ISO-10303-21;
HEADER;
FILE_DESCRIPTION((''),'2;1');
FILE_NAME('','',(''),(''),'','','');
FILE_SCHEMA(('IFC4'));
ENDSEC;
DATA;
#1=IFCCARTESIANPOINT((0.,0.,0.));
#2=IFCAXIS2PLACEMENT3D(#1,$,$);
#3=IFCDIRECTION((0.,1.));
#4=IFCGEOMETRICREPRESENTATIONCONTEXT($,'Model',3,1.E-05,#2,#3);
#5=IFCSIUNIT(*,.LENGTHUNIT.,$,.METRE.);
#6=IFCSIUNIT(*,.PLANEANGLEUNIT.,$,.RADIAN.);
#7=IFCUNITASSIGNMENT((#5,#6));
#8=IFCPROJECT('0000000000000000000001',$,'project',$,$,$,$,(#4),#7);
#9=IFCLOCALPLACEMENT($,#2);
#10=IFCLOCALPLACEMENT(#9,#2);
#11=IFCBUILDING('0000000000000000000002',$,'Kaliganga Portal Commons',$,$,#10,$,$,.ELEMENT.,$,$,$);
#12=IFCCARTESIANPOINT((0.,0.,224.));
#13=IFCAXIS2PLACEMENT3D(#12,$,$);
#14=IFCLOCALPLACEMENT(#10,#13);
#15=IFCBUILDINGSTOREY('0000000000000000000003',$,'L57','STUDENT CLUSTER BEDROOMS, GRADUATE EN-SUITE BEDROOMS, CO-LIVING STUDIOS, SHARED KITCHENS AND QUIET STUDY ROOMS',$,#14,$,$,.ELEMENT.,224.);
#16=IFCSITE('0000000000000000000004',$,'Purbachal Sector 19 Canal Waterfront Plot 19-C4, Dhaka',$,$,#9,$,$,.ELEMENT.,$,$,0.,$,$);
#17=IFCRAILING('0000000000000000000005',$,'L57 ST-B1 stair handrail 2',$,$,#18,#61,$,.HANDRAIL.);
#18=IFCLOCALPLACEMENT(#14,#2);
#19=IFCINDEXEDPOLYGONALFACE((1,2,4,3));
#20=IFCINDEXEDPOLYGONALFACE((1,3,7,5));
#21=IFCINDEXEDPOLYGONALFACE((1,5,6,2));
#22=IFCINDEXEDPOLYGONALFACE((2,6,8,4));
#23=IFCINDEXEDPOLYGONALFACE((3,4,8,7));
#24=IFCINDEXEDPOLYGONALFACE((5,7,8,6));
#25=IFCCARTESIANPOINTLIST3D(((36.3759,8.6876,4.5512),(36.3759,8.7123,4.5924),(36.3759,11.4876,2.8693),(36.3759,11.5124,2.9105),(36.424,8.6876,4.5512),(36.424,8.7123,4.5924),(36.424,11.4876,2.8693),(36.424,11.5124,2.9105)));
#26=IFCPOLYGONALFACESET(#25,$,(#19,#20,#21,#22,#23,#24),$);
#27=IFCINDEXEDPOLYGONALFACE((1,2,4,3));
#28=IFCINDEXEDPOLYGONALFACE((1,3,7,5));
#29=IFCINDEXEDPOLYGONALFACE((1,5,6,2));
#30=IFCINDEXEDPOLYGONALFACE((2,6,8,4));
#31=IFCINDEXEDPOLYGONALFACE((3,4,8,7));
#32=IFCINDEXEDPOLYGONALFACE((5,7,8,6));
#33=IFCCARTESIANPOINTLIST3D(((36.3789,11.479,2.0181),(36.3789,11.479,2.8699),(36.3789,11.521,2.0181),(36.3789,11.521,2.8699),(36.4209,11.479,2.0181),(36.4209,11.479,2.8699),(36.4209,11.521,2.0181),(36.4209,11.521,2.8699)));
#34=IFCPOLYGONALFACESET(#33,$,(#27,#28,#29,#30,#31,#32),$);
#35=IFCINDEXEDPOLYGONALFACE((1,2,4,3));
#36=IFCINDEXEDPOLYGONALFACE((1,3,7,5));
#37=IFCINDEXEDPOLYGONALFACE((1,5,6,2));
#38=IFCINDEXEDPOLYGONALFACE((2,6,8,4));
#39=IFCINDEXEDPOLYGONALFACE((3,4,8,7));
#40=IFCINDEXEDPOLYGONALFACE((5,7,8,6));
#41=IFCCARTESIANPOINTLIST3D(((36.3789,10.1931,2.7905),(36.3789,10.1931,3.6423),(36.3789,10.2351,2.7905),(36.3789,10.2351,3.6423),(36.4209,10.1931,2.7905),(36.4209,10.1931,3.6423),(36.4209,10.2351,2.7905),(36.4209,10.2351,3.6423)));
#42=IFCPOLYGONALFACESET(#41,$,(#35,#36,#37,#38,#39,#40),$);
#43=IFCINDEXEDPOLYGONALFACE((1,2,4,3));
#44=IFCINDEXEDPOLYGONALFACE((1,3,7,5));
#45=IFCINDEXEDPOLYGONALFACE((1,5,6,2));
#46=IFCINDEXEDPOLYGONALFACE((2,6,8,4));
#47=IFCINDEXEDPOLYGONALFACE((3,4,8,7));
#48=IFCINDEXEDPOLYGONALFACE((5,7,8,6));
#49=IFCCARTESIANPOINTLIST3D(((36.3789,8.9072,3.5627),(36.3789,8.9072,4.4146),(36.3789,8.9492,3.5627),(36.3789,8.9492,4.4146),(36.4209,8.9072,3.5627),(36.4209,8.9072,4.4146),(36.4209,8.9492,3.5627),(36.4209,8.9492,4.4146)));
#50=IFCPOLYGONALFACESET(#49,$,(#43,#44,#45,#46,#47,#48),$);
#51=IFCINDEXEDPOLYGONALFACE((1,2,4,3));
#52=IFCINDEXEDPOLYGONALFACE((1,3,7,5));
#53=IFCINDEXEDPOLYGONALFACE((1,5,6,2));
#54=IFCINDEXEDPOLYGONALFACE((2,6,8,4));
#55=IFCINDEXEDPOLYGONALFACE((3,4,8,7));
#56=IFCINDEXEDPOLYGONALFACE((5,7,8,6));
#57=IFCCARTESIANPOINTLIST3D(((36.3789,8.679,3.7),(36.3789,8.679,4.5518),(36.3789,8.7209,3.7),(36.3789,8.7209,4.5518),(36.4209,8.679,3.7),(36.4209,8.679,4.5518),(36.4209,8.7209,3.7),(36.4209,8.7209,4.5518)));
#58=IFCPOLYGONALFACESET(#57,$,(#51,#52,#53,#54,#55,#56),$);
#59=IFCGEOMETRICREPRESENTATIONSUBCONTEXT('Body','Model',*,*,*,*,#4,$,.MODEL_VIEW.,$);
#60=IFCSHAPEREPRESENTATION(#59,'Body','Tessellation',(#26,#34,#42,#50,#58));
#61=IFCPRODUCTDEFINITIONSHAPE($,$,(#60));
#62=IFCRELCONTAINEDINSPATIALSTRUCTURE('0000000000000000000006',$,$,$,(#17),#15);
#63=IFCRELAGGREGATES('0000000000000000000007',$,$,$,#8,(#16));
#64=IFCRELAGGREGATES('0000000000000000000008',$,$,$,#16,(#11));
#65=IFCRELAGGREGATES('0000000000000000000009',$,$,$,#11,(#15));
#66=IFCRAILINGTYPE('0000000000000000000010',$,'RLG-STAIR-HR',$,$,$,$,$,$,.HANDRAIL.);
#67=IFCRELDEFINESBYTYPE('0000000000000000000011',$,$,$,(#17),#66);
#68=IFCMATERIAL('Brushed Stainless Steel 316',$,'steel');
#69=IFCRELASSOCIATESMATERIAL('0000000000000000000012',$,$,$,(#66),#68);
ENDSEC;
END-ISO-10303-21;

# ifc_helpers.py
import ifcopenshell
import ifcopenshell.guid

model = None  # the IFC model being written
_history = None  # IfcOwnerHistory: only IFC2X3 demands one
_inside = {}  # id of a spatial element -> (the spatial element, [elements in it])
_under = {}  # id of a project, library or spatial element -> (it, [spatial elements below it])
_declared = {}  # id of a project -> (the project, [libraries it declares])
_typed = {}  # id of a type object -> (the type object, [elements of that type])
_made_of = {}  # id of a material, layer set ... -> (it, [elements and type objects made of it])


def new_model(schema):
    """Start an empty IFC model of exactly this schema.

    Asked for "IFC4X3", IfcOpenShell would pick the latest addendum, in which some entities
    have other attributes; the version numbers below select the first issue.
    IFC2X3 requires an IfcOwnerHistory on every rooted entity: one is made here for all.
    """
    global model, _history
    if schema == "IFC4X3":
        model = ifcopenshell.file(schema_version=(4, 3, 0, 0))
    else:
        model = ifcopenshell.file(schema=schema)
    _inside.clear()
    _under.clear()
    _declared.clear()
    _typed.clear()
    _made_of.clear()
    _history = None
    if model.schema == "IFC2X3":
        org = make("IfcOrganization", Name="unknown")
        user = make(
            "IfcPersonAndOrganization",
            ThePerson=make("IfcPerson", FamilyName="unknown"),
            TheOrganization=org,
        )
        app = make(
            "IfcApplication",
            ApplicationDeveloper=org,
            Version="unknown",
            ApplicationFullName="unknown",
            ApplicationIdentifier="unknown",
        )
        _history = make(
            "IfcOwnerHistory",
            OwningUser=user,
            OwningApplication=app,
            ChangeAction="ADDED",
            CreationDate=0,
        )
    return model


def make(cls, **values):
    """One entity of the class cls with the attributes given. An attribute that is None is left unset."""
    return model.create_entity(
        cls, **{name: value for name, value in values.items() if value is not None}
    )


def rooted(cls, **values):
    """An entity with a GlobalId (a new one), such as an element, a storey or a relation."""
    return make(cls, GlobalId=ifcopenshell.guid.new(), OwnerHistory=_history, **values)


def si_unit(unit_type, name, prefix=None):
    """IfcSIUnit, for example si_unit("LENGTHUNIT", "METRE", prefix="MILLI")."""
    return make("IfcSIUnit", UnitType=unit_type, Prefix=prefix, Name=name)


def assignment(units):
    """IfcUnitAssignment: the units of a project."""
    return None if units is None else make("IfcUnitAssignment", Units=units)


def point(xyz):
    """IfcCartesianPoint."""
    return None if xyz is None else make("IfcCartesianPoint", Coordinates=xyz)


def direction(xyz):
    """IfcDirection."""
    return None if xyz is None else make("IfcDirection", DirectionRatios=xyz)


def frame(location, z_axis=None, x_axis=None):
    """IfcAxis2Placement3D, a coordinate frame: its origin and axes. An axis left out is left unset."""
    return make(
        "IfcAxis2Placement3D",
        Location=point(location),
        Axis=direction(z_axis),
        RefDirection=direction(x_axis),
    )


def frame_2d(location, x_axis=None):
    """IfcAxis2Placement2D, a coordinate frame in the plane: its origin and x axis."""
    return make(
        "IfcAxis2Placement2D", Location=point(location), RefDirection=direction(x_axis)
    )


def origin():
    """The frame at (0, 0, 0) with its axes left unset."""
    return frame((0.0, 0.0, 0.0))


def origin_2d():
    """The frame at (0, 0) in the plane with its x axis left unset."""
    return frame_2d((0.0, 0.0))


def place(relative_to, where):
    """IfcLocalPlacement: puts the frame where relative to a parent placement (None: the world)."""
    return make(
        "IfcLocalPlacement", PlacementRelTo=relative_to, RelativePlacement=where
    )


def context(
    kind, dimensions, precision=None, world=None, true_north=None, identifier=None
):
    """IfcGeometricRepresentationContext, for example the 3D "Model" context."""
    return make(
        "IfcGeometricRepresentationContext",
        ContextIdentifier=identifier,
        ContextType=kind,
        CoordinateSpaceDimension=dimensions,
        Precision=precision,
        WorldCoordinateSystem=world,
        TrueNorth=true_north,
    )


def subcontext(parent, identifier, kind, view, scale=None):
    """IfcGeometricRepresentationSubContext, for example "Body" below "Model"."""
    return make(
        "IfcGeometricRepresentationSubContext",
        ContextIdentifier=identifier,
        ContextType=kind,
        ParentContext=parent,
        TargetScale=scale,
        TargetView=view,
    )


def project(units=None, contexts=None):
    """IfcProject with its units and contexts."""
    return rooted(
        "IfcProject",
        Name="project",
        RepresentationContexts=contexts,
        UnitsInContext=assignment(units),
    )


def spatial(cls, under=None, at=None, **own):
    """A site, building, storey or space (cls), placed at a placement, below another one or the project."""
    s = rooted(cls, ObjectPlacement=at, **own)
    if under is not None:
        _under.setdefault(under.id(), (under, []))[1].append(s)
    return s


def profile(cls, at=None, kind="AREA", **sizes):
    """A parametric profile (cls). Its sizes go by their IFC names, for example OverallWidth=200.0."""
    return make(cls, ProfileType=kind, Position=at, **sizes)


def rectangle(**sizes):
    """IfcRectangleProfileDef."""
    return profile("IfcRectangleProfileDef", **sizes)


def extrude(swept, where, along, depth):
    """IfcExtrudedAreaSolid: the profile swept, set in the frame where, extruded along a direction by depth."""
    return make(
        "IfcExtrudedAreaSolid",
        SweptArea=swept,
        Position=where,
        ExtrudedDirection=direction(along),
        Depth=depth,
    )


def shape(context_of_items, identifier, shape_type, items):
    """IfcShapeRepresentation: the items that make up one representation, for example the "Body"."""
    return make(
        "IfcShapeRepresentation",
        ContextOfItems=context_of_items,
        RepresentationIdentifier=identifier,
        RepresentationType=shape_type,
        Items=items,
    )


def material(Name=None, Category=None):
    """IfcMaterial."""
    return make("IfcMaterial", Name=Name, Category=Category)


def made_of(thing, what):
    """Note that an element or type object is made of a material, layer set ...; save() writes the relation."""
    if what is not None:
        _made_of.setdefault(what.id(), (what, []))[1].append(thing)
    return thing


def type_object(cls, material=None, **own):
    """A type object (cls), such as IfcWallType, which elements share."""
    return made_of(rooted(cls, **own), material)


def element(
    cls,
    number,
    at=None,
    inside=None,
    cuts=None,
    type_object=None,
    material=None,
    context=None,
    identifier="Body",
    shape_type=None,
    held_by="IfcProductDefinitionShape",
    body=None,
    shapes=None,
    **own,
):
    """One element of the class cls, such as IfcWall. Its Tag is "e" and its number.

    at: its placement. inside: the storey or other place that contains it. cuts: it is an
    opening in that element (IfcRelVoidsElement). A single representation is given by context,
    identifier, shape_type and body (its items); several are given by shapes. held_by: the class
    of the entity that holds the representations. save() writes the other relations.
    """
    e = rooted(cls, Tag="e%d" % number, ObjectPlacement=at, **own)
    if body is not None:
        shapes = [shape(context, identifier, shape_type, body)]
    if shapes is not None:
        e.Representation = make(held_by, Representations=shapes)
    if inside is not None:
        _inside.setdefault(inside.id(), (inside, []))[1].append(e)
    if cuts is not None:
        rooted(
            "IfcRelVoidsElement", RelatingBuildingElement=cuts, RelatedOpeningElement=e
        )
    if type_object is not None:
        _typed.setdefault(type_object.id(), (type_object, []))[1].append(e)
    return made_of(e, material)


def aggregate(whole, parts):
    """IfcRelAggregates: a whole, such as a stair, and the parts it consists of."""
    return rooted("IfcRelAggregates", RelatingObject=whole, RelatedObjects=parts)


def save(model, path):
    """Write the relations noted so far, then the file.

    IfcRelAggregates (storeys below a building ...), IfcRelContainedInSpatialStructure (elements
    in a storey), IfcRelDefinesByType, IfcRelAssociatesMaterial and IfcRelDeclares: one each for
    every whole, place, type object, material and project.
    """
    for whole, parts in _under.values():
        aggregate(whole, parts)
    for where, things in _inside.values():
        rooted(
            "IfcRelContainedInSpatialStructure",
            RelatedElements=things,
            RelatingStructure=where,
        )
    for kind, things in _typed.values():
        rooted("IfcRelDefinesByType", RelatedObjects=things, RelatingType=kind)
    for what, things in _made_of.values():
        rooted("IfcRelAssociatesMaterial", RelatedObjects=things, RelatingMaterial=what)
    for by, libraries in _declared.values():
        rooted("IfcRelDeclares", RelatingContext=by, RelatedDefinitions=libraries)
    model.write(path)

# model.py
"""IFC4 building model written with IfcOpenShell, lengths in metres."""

from ifc_helpers import new_model, si_unit, direction, frame, origin, origin_2d, place, context, subcontext, project, spatial, rectangle, extrude, material, type_object, element, save


model = new_model("IFC4")

# Units and contexts
model_context = context("Model", 3, precision=1e-05, world=origin(), true_north=direction((0.0, 1.0)))
body_context = subcontext(model_context, "Body", "Model", "MODEL_VIEW")
ifc_project = project(units=[si_unit("LENGTHUNIT", "METRE"), si_unit("PLANEANGLEUNIT", "RADIAN")], contexts=[model_context])

# Site, building, storey
site_placement = place(None, origin())
site = spatial("IfcSite", under=ifc_project, at=site_placement, Name="Purbachal Sector 19 Canal Waterfront Plot 19-C4, Dhaka", CompositionType="ELEMENT", RefElevation=0.0)
building_placement = place(site_placement, origin())
building = spatial("IfcBuilding", under=site, at=building_placement, Name="Kaliganga Portal Commons", CompositionType="ELEMENT")
storey_placement = place(building_placement, frame((0.0, 0.0, 224.0)))
storey = spatial("IfcBuildingStorey", under=building, at=storey_placement, Name="L57", Description="STUDENT CLUSTER BEDROOMS, GRADUATE EN-SUITE BEDROOMS, CO-LIVING STUDIOS, SHARED KITCHENS AND QUIET STUDY ROOMS", CompositionType="ELEMENT", Elevation=224.0)

# Railing
ifc_material_1 = material(Name="Brushed Stainless Steel 316", Category="steel")
railing_type_1 = type_object("IfcRailingType", Name="RLG-STAIR-HR", PredefinedType="HANDRAIL", material=ifc_material_1)
railing_1_placement = place(storey_placement, frame((36.3999, 11.5, 2.0181)))
element("IfcRailing", 1, at=railing_1_placement, inside=storey, type_object=railing_type_1, Name="L57 ST-B1 stair handrail 2", PredefinedType="HANDRAIL", context=body_context, shape_type="SweptSolid", body=[
    extrude(rectangle(XDim=0.0481, YDim=0.0481, at=origin_2d()), frame((0.0, 0.0, 0.8718), z_axis=(0.0, -0.857242, 0.514913), x_axis=(1.0, 0.0, 0.0)), (0.0, 0.0, 1.0), 3.2664),
    extrude(rectangle(XDim=0.042, YDim=0.042, at=origin_2d()), origin(), (0.0, 0.0, 1.0), 0.8518),
    extrude(rectangle(XDim=0.042, YDim=0.042, at=origin_2d()), frame((0.0, -1.2859, 0.7725)), (0.0, 0.0, 1.0), 0.8518),
    extrude(rectangle(XDim=0.042, YDim=0.042, at=origin_2d()), frame((0.0, -2.5718, 1.5447)), (0.0, 0.0, 1.0), 0.8518),
    extrude(rectangle(XDim=0.042, YDim=0.042, at=origin_2d()), frame((0.0, -2.8, 1.6819)), (0.0, 0.0, 1.0), 0.8518),
])

save(model, "model.ifc")
